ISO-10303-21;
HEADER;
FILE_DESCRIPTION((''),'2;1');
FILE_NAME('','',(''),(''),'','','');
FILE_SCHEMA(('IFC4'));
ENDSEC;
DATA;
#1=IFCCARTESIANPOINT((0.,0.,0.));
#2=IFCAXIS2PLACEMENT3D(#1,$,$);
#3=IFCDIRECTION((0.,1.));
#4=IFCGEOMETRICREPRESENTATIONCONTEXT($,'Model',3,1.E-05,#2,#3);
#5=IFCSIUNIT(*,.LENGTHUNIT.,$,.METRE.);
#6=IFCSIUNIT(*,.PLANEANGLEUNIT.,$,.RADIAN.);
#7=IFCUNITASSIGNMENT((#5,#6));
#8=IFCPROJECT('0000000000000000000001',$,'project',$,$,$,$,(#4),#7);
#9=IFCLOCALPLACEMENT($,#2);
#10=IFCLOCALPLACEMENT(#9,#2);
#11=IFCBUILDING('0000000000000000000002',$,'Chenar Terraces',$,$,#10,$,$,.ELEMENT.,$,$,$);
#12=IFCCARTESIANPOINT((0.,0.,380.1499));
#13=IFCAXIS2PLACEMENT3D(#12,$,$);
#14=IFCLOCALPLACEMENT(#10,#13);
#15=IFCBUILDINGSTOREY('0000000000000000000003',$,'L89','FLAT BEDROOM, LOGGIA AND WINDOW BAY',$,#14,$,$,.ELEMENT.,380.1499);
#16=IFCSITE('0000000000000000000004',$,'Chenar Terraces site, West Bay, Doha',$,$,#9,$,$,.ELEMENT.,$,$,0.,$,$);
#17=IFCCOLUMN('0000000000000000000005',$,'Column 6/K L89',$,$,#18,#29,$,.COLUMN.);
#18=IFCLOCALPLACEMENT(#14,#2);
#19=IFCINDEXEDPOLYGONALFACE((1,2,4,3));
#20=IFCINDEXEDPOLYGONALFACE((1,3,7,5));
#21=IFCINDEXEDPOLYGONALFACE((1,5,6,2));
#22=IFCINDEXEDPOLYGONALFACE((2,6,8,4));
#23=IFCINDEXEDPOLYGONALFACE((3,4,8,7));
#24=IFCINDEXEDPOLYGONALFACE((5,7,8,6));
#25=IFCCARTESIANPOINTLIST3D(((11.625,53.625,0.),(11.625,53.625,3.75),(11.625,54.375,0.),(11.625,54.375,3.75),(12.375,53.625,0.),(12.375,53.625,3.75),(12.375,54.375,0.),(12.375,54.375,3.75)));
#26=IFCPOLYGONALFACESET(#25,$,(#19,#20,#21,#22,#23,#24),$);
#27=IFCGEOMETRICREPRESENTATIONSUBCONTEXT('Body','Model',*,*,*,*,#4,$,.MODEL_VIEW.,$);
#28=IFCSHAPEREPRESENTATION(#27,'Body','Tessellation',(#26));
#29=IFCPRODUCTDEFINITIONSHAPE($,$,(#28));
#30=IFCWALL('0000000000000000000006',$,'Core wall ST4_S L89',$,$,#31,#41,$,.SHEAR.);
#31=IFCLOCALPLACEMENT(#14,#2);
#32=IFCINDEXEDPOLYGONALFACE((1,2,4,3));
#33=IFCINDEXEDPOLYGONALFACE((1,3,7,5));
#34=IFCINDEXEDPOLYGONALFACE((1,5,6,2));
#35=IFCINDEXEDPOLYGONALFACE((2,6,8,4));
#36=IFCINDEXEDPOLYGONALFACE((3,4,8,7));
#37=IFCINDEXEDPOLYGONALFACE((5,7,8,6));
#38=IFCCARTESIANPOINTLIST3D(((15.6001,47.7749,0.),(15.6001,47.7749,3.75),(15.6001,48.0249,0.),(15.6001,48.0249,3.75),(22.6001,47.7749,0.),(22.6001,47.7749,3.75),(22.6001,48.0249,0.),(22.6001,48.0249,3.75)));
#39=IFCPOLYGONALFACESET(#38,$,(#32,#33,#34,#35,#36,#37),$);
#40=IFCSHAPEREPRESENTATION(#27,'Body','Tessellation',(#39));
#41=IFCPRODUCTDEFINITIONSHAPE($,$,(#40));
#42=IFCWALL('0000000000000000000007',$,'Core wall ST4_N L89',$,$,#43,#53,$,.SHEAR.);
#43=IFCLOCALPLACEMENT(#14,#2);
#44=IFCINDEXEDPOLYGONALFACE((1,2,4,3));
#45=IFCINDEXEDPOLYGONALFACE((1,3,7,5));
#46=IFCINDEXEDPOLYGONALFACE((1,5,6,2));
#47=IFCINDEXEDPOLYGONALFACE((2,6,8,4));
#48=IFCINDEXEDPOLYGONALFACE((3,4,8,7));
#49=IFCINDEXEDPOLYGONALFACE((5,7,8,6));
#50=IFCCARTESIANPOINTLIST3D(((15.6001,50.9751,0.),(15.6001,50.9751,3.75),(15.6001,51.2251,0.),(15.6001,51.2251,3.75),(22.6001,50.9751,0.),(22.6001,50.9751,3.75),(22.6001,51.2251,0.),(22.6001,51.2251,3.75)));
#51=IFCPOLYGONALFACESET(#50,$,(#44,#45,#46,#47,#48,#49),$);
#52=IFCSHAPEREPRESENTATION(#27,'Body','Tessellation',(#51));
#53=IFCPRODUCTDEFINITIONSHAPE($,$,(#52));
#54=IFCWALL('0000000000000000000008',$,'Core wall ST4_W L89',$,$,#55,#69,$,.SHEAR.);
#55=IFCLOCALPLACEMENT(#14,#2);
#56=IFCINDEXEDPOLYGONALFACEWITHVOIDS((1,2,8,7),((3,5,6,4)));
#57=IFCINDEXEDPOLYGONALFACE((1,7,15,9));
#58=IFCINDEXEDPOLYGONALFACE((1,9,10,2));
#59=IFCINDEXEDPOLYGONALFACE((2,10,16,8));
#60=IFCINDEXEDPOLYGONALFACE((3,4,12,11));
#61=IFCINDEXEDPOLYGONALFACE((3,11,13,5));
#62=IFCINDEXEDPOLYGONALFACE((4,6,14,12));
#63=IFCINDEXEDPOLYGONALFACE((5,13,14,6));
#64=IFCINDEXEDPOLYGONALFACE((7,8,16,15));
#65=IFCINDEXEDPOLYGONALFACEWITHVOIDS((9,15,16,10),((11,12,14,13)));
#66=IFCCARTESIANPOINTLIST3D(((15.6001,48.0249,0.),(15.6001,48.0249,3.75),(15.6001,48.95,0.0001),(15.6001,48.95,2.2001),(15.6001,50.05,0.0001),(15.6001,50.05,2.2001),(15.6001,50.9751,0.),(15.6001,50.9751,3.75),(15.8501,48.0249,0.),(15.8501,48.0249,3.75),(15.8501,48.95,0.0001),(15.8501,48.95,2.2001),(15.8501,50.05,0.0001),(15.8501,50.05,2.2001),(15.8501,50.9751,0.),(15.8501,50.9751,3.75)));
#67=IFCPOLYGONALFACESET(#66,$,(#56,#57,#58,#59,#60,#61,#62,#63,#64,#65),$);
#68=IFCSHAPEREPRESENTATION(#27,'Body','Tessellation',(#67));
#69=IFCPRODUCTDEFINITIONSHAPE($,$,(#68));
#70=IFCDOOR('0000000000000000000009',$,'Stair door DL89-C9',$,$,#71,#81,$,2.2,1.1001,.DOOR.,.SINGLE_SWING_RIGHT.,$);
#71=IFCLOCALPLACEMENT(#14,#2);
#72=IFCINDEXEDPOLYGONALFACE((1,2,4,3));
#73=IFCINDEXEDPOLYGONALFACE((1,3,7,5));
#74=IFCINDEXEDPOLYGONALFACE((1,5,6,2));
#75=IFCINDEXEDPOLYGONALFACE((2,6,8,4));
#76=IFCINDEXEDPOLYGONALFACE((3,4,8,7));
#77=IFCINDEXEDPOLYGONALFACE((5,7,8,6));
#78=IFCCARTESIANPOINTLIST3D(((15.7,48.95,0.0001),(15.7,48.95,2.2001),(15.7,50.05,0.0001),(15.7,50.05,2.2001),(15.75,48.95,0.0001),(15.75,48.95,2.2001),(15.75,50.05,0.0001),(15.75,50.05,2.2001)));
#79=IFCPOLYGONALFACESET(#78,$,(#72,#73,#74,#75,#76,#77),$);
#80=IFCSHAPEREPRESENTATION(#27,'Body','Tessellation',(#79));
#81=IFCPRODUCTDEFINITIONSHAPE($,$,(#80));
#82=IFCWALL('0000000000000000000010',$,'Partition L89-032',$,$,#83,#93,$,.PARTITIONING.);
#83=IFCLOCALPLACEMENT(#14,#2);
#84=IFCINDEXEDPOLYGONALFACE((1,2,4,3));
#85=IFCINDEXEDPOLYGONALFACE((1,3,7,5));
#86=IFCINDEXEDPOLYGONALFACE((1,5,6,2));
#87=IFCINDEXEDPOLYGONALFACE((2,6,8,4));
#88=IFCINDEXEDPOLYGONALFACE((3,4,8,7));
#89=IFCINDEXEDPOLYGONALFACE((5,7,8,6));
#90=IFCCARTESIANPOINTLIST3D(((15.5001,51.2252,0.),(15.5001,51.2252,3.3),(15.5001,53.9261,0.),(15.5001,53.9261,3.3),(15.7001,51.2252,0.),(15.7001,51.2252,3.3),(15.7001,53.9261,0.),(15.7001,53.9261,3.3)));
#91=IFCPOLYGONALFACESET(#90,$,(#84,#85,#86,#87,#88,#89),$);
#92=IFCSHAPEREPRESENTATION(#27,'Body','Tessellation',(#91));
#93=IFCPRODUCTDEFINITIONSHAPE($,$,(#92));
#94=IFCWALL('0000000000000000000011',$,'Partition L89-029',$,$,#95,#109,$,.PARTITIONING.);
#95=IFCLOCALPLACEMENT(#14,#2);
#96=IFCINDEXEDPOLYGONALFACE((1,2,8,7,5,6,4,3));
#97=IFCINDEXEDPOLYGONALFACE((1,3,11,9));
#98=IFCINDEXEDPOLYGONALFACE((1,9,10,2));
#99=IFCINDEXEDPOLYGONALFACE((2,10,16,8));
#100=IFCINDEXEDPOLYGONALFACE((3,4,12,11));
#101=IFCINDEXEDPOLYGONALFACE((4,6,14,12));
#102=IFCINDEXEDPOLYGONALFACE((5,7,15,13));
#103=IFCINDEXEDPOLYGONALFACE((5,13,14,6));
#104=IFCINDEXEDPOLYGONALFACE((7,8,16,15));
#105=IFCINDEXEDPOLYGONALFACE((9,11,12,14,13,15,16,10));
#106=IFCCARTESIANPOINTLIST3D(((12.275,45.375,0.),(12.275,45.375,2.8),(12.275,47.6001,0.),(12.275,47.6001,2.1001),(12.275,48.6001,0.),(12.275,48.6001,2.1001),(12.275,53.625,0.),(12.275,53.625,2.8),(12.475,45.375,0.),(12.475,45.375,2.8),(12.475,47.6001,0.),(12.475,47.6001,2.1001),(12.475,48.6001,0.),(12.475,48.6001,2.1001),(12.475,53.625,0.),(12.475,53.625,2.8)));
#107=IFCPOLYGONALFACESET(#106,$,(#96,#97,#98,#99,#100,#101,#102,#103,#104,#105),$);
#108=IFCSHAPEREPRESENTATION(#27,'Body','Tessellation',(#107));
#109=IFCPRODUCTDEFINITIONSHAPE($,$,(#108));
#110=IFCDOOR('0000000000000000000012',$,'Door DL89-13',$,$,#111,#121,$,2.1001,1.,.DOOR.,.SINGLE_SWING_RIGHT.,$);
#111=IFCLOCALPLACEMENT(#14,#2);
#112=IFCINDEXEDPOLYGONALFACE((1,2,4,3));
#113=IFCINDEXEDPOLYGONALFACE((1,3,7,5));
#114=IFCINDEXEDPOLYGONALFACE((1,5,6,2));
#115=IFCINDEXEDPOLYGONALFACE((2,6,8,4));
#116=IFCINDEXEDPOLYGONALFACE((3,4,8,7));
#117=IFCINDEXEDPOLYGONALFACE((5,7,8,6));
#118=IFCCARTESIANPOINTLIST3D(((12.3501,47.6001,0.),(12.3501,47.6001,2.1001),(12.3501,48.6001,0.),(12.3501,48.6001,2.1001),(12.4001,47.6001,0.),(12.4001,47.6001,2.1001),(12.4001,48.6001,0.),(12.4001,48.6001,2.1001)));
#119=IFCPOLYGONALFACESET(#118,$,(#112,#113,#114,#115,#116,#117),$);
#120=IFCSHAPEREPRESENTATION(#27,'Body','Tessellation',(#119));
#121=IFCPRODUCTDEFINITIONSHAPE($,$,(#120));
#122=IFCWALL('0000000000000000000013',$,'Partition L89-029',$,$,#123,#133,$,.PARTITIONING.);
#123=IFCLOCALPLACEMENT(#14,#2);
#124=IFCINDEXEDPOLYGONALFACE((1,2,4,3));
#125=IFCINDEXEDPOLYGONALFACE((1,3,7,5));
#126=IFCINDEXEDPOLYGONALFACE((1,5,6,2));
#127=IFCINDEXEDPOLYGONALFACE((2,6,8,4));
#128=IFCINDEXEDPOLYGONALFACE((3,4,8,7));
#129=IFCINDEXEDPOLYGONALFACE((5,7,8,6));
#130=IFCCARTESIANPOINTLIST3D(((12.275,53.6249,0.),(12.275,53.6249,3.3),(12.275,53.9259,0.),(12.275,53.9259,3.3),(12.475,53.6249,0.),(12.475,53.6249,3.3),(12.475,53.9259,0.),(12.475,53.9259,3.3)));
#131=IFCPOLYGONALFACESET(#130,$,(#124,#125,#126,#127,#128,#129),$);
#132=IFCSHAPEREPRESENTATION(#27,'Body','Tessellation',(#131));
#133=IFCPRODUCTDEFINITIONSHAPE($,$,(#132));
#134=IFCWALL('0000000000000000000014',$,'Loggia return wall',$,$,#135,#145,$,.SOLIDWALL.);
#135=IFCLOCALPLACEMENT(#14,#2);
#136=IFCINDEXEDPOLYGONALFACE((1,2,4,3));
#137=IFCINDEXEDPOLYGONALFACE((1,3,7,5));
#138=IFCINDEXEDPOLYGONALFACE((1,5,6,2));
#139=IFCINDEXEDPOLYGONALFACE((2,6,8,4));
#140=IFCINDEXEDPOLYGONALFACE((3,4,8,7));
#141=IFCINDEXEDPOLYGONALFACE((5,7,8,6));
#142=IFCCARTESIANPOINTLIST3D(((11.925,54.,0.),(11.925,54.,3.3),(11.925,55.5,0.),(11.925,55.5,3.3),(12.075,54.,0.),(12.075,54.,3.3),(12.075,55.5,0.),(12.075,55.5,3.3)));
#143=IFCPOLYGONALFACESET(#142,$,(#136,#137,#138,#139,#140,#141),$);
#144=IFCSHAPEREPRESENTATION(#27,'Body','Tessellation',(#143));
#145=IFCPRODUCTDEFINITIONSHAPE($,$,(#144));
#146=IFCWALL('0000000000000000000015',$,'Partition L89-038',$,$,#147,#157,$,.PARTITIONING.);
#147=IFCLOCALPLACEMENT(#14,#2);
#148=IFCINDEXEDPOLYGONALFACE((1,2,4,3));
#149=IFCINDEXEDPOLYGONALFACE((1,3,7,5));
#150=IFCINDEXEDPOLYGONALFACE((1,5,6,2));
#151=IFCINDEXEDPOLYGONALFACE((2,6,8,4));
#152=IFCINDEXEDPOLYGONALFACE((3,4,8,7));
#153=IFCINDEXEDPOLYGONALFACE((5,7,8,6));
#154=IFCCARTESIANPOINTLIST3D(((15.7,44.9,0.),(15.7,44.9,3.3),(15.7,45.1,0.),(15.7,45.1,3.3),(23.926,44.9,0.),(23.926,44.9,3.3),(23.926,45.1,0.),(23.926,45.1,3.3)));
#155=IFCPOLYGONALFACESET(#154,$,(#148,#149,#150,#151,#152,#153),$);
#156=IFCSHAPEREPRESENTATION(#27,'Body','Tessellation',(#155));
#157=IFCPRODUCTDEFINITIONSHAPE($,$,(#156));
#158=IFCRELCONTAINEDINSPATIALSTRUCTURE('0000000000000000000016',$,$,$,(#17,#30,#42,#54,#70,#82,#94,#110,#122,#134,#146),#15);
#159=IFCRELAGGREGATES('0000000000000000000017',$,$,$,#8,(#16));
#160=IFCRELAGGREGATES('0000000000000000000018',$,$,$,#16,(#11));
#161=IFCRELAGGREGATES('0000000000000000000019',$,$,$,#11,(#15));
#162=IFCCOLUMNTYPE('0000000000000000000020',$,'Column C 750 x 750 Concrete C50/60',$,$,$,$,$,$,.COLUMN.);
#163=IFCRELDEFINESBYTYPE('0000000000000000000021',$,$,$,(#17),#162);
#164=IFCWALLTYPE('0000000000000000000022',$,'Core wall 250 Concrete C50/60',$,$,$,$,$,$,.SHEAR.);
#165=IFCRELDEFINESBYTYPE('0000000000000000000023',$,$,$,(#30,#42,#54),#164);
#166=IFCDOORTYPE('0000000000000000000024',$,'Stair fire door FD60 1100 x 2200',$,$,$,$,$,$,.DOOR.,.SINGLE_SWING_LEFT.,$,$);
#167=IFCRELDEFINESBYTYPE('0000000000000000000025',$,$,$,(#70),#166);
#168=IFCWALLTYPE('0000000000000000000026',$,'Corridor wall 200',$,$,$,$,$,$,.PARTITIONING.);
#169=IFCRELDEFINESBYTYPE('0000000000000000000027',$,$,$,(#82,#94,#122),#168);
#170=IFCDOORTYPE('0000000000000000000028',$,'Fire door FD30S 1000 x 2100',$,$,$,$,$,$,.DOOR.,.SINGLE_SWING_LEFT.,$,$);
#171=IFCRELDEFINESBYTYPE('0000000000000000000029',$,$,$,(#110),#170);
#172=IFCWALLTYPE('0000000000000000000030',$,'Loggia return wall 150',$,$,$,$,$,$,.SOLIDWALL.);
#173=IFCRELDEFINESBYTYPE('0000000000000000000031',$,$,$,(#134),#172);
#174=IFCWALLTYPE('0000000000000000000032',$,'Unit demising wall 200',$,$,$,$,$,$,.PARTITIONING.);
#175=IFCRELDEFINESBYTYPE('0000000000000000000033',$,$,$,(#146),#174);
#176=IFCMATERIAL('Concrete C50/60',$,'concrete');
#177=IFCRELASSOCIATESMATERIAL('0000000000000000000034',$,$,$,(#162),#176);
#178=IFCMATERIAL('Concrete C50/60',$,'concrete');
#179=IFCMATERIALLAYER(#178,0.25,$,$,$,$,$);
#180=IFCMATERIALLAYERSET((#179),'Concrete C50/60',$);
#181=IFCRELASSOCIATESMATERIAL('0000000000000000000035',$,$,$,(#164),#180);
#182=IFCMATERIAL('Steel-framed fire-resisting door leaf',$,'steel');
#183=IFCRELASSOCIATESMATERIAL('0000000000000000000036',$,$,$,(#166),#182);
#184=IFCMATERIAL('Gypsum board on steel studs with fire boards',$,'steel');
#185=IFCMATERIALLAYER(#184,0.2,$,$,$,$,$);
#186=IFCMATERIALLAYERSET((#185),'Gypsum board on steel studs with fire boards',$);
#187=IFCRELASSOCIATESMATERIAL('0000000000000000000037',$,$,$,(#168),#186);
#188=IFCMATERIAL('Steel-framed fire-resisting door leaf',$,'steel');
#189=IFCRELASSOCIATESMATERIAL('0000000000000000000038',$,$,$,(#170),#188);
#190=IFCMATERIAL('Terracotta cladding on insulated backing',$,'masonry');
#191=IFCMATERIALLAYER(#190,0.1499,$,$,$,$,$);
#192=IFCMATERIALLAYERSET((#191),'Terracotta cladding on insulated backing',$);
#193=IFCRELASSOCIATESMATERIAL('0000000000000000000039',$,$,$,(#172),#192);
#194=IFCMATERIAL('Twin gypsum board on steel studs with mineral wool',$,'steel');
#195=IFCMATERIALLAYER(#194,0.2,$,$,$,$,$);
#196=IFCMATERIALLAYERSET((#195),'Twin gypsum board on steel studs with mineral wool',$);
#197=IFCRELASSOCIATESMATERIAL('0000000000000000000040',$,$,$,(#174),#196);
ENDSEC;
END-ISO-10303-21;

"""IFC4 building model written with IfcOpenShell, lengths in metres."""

from ifc_helpers import new_model, si_unit, direction, frame, frame_2d, origin, origin_2d, place, context, subcontext, project, spatial, rectangle, extrude, material, layer, layer_set, material_profile, profile_set, type_object, element, fill, save


model = new_model("IFC4")

# Units and contexts
model_context = context("Model", 3, precision=1e-05, world=origin(), true_north=direction((0.0, 1.0)))
body_context = subcontext(model_context, "Body", "Model", "MODEL_VIEW")
ifc_project = project(units=[si_unit("LENGTHUNIT", "METRE"), si_unit("PLANEANGLEUNIT", "RADIAN")], contexts=[model_context])

# Site, building, storey
site_placement = place(None, origin())
site = spatial("IfcSite", under=ifc_project, at=site_placement, Name="Chenar Terraces site, West Bay, Doha", CompositionType="ELEMENT", RefElevation=0.0)
building_placement = place(site_placement, origin())
building = spatial("IfcBuilding", under=site, at=building_placement, Name="Chenar Terraces", CompositionType="ELEMENT")
storey_placement = place(building_placement, frame((0.0, 0.0, 380.1499)))
storey = spatial("IfcBuildingStorey", under=building, at=storey_placement, Name="L89", Description="FLAT BEDROOM, LOGGIA AND WINDOW BAY", CompositionType="ELEMENT", Elevation=380.1499)

# Column
ifc_material_1 = material(Name="Concrete C50/60", Category="concrete")
ifc_material_profile = material_profile(ifc_material_1, rectangle(XDim=0.75, YDim=0.75, at=origin_2d()), Name="C 750 x 750")
ifc_profile_set = profile_set([ifc_material_profile], Name="Concrete C50/60")
column_type = type_object("IfcColumnType", Name="Column C 750 x 750 Concrete C50/60", PredefinedType="COLUMN", material=ifc_profile_set)
column_placement = place(storey_placement, frame((12.0, 54.0, 0.0), z_axis=(0.0, 0.0, 1.0), x_axis=(1.0, 0.0, 0.0)))
element("IfcColumn", 1, at=column_placement, inside=storey, type_object=column_type, Name="Column 6/K L89", PredefinedType="COLUMN", context=body_context, shape_type="SweptSolid", body=[
    extrude(rectangle(XDim=0.75, YDim=0.75, at=origin_2d()), origin(), (0.0, 0.0, 1.0), 3.75),
])

# Walls
ifc_material_2 = material(Name="Concrete C50/60", Category="concrete")
ifc_layer_1 = layer(ifc_material_2, 0.25)
ifc_layer_set_1 = layer_set([ifc_layer_1], Name="Concrete C50/60")
wall_type_1 = type_object("IfcWallType", Name="Core wall 250 Concrete C50/60", PredefinedType="SHEAR", material=ifc_layer_set_1)
for number, where, z_axis, x_axis, name in (
    (2, (15.6001, 47.8999, 0.0), (0.0, 0.0, 1.0), (1.0, 0.0, 0.0), "Core wall ST4_S L89"),
    (3, (15.6001, 51.1001, 0.0), (0.0, 0.0, 1.0), (1.0, 0.0, 0.0), "Core wall ST4_N L89"),
):
    element("IfcWall", number, at=place(storey_placement, frame(where, z_axis=z_axis, x_axis=x_axis)), inside=storey, type_object=wall_type_1, Name=name, PredefinedType="SHEAR", context=body_context, shape_type="SweptSolid", body=[
        extrude(rectangle(XDim=7.0, YDim=0.25, at=frame_2d((3.5, 0.0))), origin(), (0.0, 0.0, 1.0), 3.75),
    ])

# Wall, opening, door
wall_1_placement = place(storey_placement, frame((15.7251, 48.0249, 0.0), z_axis=(0.0, 0.0, 1.0), x_axis=(0.0, 1.0, 0.0)))
wall_1 = element("IfcWall", 4, at=wall_1_placement, inside=storey, type_object=wall_type_1, Name="Core wall ST4_W L89", PredefinedType="SHEAR", context=body_context, shape_type="SweptSolid", body=[
    extrude(rectangle(XDim=2.9502, YDim=0.25, at=frame_2d((1.4751, 0.0))), origin(), (0.0, 0.0, 1.0), 3.75),
])
opening_1_placement = place(wall_1_placement, frame((0.925, 0.0, 0.0)))
opening_1 = element("IfcOpeningElement", 5, at=opening_1_placement, cuts=wall_1, PredefinedType="OPENING", context=body_context, shape_type="SweptSolid", body=[
    extrude(rectangle(XDim=1.1001, YDim=2.2, at=frame_2d((0.55, 1.1001))), frame((0.0, 0.135, 0.0), z_axis=(0.0, -1.0, 0.0), x_axis=(1.0, 0.0, 0.0)), (0.0, 0.0, 1.0), 0.27),
])
ifc_material_3 = material(Name="Steel-framed fire-resisting door leaf", Category="steel")
door_type_1 = type_object("IfcDoorType", Name="Stair fire door FD60 1100 x 2200", OperationType="SINGLE_SWING_LEFT", PredefinedType="DOOR", material=ifc_material_3)
door_1_placement = place(opening_1_placement, frame((1.1001, 0.0, 0.0), z_axis=(0.0, 0.0, 1.0), x_axis=(-1.0, 0.0, 0.0)))
door_1 = element("IfcDoor", 6, at=door_1_placement, inside=storey, type_object=door_type_1, Name="Stair door DL89-C9", OperationType="SINGLE_SWING_RIGHT", OverallHeight=2.2, OverallWidth=1.1001, PredefinedType="DOOR", context=body_context, shape_type="SweptSolid", body=[
    extrude(rectangle(XDim=1.1001, YDim=2.2, at=frame_2d((0.55, 1.1001))), frame((0.0, 0.0249, 0.0), z_axis=(0.0, -1.0, 0.0), x_axis=(1.0, 0.0, 0.0)), (0.0, 0.0, 1.0), 0.05),
])
fill(opening_1, door_1)

# Wall
ifc_material_4 = material(Name="Gypsum board on steel studs with fire boards", Category="steel")
ifc_layer_2 = layer(ifc_material_4, 0.2)
ifc_layer_set_2 = layer_set([ifc_layer_2], Name="Gypsum board on steel studs with fire boards")
wall_type_2 = type_object("IfcWallType", Name="Corridor wall 200", PredefinedType="PARTITIONING", material=ifc_layer_set_2)
wall_2_placement = place(storey_placement, frame((15.6001, 51.2251, 0.0), z_axis=(0.0, 0.0, 1.0), x_axis=(0.0, 1.0, 0.0)))
element("IfcWall", 7, at=wall_2_placement, inside=storey, type_object=wall_type_2, Name="Partition L89-032", PredefinedType="PARTITIONING", context=body_context, shape_type="SweptSolid", body=[
    extrude(rectangle(XDim=2.7009, YDim=0.2, at=frame_2d((1.3506, 0.0))), origin(), (0.0, 0.0, 1.0), 3.3),
])

# Wall, opening, door
wall_3_placement = place(storey_placement, frame((12.375, 45.375, 0.0), z_axis=(0.0, 0.0, 1.0), x_axis=(0.0, 1.0, 0.0)))
wall_3 = element("IfcWall", 8, at=wall_3_placement, inside=storey, type_object=wall_type_2, Name="Partition L89-029", PredefinedType="PARTITIONING", context=body_context, shape_type="SweptSolid", body=[
    extrude(rectangle(XDim=8.25, YDim=0.2, at=frame_2d((4.125, 0.0))), origin(), (0.0, 0.0, 1.0), 2.8),
])
opening_2_placement = place(wall_3_placement, frame((2.2251, 0.0, 0.0)))
opening_2 = element("IfcOpeningElement", 9, at=opening_2_placement, cuts=wall_3, PredefinedType="OPENING", context=body_context, shape_type="SweptSolid", body=[
    extrude(rectangle(XDim=1.0, YDim=2.1001, at=frame_2d((0.5, 1.05))), frame((0.0, 0.1099, 0.0), z_axis=(0.0, -1.0, 0.0), x_axis=(1.0, 0.0, 0.0)), (0.0, 0.0, 1.0), 0.22),
])
ifc_material_5 = material(Name="Steel-framed fire-resisting door leaf", Category="steel")
door_type_2 = type_object("IfcDoorType", Name="Fire door FD30S 1000 x 2100", OperationType="SINGLE_SWING_LEFT", PredefinedType="DOOR", material=ifc_material_5)
door_2_placement = place(opening_2_placement, origin())
door_2 = element("IfcDoor", 10, at=door_2_placement, inside=storey, type_object=door_type_2, Name="Door DL89-13", OperationType="SINGLE_SWING_RIGHT", OverallHeight=2.1001, OverallWidth=1.0, PredefinedType="DOOR", context=body_context, shape_type="SweptSolid", body=[
    extrude(rectangle(XDim=1.0, YDim=2.1001, at=frame_2d((0.5, 1.05))), frame((0.0, 0.0249, 0.0), z_axis=(0.0, -1.0, 0.0), x_axis=(1.0, 0.0, 0.0)), (0.0, 0.0, 1.0), 0.05),
])
fill(opening_2, door_2)

# Walls
wall_4_placement = place(storey_placement, frame((12.375, 53.625, 0.0), z_axis=(0.0, 0.0, 1.0), x_axis=(0.0, 1.0, 0.0)))
element("IfcWall", 11, at=wall_4_placement, inside=storey, type_object=wall_type_2, Name="Partition L89-029", PredefinedType="PARTITIONING", context=body_context, shape_type="SweptSolid", body=[
    extrude(rectangle(XDim=0.301, YDim=0.2, at=frame_2d((0.1504, 0.0))), origin(), (0.0, 0.0, 1.0), 3.3),
])
ifc_material_6 = material(Name="Terracotta cladding on insulated backing", Category="masonry")
ifc_layer_3 = layer(ifc_material_6, 0.1499)
ifc_layer_set_3 = layer_set([ifc_layer_3], Name="Terracotta cladding on insulated backing")
wall_type_3 = type_object("IfcWallType", Name="Loggia return wall 150", PredefinedType="SOLIDWALL", material=ifc_layer_set_3)
wall_5_placement = place(storey_placement, frame((12.0, 55.5, 0.0), z_axis=(0.0, 0.0, 1.0), x_axis=(0.0, -1.0, 0.0)))
element("IfcWall", 12, at=wall_5_placement, inside=storey, type_object=wall_type_3, Name="Loggia return wall", PredefinedType="SOLIDWALL", context=body_context, shape_type="SweptSolid", body=[
    extrude(rectangle(XDim=1.5, YDim=0.1499, at=frame_2d((0.75, 0.0))), origin(), (0.0, 0.0, 1.0), 3.3),
])
ifc_material_7 = material(Name="Twin gypsum board on steel studs with mineral wool", Category="steel")
ifc_layer_4 = layer(ifc_material_7, 0.2)
ifc_layer_set_4 = layer_set([ifc_layer_4], Name="Twin gypsum board on steel studs with mineral wool")
wall_type_4 = type_object("IfcWallType", Name="Unit demising wall 200", PredefinedType="PARTITIONING", material=ifc_layer_set_4)
wall_6_placement = place(storey_placement, frame((15.7, 45.0, 0.0), z_axis=(0.0, 0.0, 1.0), x_axis=(1.0, 0.0, 0.0)))
element("IfcWall", 13, at=wall_6_placement, inside=storey, type_object=wall_type_4, Name="Partition L89-038", PredefinedType="PARTITIONING", context=body_context, shape_type="SweptSolid", body=[
    extrude(rectangle(XDim=8.2261, YDim=0.2, at=frame_2d((4.113, 0.0))), origin(), (0.0, 0.0, 1.0), 3.3),
])

save(model, "model.ifc")
